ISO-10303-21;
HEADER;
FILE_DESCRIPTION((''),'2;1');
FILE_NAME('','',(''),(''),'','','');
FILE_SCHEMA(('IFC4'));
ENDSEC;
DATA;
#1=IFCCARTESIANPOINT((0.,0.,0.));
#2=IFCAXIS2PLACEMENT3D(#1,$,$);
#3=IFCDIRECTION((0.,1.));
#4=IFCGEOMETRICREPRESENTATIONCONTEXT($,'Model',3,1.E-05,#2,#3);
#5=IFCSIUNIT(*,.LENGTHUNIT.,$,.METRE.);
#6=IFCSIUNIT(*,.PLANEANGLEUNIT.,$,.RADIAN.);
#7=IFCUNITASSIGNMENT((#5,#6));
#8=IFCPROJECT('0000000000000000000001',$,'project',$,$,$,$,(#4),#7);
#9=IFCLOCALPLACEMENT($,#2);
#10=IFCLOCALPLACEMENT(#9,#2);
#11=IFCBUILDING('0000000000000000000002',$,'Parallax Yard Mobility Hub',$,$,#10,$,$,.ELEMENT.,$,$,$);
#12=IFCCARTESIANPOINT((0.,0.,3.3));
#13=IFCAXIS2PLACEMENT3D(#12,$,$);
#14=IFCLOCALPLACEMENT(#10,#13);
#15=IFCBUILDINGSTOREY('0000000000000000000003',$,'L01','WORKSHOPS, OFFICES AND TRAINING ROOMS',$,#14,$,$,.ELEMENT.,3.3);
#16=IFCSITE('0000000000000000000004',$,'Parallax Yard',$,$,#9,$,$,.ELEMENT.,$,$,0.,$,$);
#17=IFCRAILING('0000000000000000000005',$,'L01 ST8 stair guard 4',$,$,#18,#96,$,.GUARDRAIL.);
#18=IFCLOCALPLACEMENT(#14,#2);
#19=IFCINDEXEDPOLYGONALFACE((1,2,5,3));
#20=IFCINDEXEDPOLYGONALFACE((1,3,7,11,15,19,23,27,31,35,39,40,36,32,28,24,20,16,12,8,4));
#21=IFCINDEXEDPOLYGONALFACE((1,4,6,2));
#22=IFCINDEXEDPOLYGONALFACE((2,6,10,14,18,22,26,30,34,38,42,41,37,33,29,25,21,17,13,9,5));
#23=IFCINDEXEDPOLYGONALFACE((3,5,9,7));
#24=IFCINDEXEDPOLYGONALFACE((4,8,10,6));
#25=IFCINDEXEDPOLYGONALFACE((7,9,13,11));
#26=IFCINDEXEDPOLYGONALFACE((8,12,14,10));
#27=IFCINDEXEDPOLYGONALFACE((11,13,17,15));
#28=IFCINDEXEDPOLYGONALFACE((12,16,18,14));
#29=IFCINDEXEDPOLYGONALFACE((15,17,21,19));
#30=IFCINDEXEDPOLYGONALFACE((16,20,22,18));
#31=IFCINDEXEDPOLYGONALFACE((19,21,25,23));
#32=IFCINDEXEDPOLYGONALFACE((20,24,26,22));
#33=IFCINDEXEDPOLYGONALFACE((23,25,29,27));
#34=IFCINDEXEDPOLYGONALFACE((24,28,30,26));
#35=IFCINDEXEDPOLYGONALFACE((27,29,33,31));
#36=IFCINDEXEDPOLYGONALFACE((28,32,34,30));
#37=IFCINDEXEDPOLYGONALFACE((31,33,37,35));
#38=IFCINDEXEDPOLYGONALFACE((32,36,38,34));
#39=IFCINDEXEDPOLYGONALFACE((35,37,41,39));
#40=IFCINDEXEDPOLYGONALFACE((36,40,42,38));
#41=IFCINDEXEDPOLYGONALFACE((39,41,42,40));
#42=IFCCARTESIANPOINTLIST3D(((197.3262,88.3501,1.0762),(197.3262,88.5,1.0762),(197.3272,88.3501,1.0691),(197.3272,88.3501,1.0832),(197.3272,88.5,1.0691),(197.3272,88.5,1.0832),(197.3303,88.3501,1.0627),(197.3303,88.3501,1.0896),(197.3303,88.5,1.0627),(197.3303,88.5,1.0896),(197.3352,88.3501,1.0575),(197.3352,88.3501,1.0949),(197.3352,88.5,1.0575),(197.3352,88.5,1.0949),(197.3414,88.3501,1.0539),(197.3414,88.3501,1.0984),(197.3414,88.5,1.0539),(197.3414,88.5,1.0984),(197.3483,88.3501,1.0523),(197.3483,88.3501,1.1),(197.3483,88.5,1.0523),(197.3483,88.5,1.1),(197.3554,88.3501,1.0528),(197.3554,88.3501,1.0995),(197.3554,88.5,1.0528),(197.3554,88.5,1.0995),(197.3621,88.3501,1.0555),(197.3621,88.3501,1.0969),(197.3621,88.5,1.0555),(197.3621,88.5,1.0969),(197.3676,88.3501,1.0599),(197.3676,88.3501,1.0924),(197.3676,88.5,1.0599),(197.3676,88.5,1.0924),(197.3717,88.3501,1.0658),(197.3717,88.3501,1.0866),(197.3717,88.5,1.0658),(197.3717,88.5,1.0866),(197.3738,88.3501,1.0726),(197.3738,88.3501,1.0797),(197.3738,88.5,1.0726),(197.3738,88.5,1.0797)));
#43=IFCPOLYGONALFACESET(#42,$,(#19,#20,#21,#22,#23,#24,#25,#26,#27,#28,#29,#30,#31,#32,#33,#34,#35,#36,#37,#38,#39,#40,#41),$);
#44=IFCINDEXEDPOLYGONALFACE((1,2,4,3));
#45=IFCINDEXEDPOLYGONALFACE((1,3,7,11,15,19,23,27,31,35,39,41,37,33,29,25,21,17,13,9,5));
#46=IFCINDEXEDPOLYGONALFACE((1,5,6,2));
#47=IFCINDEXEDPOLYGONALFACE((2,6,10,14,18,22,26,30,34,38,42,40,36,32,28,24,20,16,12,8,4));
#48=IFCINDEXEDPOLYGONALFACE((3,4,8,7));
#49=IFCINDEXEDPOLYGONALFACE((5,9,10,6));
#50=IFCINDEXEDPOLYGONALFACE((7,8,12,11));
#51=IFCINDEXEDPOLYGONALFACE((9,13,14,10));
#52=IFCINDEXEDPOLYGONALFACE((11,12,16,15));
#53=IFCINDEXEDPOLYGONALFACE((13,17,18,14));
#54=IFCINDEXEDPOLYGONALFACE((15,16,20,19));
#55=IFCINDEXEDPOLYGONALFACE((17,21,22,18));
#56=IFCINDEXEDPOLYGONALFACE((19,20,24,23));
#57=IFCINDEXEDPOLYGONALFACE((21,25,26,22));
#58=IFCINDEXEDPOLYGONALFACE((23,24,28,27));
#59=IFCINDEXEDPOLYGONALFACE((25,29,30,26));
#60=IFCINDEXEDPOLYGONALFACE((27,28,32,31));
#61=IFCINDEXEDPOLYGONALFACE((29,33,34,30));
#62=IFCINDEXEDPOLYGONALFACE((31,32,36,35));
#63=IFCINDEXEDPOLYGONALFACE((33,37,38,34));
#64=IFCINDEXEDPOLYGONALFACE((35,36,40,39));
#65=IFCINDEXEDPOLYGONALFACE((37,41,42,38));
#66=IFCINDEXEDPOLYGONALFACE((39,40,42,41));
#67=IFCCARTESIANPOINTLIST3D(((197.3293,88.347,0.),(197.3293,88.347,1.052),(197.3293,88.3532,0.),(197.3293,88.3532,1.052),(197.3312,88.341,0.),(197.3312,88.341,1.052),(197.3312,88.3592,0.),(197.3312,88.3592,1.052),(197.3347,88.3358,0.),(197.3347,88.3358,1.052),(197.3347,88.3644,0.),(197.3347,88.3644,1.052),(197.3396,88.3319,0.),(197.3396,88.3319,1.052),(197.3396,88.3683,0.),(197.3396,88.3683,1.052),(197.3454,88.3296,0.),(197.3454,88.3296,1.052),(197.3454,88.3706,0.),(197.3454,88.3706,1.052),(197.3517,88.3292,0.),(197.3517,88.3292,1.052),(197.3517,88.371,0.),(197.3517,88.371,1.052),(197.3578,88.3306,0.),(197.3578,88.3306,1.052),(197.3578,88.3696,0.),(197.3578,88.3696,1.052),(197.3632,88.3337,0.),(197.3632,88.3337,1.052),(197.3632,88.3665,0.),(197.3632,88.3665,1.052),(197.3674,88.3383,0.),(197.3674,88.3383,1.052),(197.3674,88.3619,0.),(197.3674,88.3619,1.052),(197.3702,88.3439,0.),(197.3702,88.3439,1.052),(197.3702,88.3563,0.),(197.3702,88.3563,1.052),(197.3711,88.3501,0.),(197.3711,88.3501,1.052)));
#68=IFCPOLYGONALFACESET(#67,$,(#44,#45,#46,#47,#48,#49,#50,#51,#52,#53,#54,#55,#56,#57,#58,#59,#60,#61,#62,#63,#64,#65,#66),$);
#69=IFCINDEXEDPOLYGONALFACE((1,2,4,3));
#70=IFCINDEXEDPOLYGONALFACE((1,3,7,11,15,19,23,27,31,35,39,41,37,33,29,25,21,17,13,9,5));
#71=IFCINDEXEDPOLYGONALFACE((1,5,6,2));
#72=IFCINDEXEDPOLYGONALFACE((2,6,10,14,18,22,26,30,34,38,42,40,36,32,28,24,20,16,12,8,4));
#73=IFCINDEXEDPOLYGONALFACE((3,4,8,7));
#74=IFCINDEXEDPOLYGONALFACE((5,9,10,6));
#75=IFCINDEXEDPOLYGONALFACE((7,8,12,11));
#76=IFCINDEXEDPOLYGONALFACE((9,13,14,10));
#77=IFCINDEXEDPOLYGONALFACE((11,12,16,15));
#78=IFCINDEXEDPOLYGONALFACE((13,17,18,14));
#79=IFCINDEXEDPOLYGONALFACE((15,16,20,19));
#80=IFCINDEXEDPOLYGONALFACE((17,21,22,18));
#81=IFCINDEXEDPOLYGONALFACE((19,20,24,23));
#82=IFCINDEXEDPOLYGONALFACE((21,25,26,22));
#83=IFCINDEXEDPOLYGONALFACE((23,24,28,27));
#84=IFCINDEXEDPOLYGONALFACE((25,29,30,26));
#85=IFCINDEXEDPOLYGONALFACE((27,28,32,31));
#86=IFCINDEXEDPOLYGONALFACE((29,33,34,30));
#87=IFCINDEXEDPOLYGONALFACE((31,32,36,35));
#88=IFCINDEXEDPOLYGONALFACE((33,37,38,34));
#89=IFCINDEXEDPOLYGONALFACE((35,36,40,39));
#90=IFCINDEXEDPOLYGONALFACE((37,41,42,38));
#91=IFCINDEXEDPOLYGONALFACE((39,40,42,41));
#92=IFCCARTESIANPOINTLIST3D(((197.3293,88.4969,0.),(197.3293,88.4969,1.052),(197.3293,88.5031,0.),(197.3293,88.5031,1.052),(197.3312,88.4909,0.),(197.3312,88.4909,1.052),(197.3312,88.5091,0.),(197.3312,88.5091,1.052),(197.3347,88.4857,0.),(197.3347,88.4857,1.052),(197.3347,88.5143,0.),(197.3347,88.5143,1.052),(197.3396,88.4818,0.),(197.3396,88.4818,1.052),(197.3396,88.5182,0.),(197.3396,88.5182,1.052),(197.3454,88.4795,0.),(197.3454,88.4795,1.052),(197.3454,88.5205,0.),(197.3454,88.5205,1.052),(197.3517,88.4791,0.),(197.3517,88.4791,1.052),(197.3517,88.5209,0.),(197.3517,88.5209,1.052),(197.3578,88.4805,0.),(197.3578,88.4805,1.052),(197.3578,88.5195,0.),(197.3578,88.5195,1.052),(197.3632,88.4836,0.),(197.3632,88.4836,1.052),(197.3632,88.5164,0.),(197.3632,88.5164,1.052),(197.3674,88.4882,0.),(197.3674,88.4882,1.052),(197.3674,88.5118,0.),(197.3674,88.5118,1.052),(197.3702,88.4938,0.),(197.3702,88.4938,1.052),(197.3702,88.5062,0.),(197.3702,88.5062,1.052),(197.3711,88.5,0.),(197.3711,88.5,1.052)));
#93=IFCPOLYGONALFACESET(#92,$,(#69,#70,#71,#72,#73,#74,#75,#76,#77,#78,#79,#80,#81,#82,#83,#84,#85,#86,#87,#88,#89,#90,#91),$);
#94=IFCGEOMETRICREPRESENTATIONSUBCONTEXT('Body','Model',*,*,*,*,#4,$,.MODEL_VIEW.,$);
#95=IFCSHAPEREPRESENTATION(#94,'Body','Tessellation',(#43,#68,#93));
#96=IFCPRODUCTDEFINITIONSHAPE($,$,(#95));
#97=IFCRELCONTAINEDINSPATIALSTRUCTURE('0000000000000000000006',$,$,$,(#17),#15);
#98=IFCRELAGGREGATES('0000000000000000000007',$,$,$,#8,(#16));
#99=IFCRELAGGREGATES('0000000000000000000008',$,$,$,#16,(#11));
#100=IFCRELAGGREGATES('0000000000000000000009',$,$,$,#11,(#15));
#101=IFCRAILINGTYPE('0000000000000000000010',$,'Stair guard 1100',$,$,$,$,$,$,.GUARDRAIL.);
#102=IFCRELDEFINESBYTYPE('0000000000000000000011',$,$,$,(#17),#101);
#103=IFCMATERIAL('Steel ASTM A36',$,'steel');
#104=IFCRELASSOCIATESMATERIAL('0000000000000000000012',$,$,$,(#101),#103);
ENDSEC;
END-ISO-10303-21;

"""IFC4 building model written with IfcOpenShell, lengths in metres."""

from ifc_helpers import new_model, si_unit, direction, frame, origin, origin_2d, place, context, subcontext, project, spatial, circle, extrude, material, type_object, element, save


model = new_model("IFC4")

# Units and contexts
model_context = context("Model", 3, precision=1e-05, world=origin(), true_north=direction((0.0, 1.0)))
body_context = subcontext(model_context, "Body", "Model", "MODEL_VIEW")
ifc_project = project(units=[si_unit("LENGTHUNIT", "METRE"), si_unit("PLANEANGLEUNIT", "RADIAN")], contexts=[model_context])

# Site, building, storey
site_placement = place(None, origin())
site = spatial("IfcSite", under=ifc_project, at=site_placement, Name="Parallax Yard", CompositionType="ELEMENT", RefElevation=0.0)
building_placement = place(site_placement, origin())
building = spatial("IfcBuilding", under=site, at=building_placement, Name="Parallax Yard Mobility Hub", CompositionType="ELEMENT")
storey_placement = place(building_placement, frame((0.0, 0.0, 3.3)))
storey = spatial("IfcBuildingStorey", under=building, at=storey_placement, Name="L01", Description="WORKSHOPS, OFFICES AND TRAINING ROOMS", CompositionType="ELEMENT", Elevation=3.3)

# Railing
ifc_material_1 = material(Name="Steel ASTM A36", Category="steel")
railing_type_1 = type_object("IfcRailingType", Name="Stair guard 1100", PredefinedType="GUARDRAIL", material=ifc_material_1)
railing_1_placement = place(storey_placement, frame((197.3501, 88.3501, 0.0)))
element("IfcRailing", 1, at=railing_1_placement, inside=storey, type_object=railing_type_1, Name="L01 ST8 stair guard 4", PredefinedType="GUARDRAIL", context=body_context, shape_type="SweptSolid", body=[
    extrude(circle(Radius=0.0239, at=origin_2d()), frame((0.0, 0.0, 1.0762), z_axis=(0.0, 1.0, 0.0), x_axis=(-1.0, 0.0, 0.0)), (0.0, 0.0, 1.0), 0.1499),
    extrude(circle(Radius=0.021, at=origin_2d()), origin(), (0.0, 0.0, 1.0), 1.052),
    extrude(circle(Radius=0.021, at=origin_2d()), frame((0.0, 0.1499, 0.0)), (0.0, 0.0, 1.0), 1.052),
])

save(model, "model.ifc")
